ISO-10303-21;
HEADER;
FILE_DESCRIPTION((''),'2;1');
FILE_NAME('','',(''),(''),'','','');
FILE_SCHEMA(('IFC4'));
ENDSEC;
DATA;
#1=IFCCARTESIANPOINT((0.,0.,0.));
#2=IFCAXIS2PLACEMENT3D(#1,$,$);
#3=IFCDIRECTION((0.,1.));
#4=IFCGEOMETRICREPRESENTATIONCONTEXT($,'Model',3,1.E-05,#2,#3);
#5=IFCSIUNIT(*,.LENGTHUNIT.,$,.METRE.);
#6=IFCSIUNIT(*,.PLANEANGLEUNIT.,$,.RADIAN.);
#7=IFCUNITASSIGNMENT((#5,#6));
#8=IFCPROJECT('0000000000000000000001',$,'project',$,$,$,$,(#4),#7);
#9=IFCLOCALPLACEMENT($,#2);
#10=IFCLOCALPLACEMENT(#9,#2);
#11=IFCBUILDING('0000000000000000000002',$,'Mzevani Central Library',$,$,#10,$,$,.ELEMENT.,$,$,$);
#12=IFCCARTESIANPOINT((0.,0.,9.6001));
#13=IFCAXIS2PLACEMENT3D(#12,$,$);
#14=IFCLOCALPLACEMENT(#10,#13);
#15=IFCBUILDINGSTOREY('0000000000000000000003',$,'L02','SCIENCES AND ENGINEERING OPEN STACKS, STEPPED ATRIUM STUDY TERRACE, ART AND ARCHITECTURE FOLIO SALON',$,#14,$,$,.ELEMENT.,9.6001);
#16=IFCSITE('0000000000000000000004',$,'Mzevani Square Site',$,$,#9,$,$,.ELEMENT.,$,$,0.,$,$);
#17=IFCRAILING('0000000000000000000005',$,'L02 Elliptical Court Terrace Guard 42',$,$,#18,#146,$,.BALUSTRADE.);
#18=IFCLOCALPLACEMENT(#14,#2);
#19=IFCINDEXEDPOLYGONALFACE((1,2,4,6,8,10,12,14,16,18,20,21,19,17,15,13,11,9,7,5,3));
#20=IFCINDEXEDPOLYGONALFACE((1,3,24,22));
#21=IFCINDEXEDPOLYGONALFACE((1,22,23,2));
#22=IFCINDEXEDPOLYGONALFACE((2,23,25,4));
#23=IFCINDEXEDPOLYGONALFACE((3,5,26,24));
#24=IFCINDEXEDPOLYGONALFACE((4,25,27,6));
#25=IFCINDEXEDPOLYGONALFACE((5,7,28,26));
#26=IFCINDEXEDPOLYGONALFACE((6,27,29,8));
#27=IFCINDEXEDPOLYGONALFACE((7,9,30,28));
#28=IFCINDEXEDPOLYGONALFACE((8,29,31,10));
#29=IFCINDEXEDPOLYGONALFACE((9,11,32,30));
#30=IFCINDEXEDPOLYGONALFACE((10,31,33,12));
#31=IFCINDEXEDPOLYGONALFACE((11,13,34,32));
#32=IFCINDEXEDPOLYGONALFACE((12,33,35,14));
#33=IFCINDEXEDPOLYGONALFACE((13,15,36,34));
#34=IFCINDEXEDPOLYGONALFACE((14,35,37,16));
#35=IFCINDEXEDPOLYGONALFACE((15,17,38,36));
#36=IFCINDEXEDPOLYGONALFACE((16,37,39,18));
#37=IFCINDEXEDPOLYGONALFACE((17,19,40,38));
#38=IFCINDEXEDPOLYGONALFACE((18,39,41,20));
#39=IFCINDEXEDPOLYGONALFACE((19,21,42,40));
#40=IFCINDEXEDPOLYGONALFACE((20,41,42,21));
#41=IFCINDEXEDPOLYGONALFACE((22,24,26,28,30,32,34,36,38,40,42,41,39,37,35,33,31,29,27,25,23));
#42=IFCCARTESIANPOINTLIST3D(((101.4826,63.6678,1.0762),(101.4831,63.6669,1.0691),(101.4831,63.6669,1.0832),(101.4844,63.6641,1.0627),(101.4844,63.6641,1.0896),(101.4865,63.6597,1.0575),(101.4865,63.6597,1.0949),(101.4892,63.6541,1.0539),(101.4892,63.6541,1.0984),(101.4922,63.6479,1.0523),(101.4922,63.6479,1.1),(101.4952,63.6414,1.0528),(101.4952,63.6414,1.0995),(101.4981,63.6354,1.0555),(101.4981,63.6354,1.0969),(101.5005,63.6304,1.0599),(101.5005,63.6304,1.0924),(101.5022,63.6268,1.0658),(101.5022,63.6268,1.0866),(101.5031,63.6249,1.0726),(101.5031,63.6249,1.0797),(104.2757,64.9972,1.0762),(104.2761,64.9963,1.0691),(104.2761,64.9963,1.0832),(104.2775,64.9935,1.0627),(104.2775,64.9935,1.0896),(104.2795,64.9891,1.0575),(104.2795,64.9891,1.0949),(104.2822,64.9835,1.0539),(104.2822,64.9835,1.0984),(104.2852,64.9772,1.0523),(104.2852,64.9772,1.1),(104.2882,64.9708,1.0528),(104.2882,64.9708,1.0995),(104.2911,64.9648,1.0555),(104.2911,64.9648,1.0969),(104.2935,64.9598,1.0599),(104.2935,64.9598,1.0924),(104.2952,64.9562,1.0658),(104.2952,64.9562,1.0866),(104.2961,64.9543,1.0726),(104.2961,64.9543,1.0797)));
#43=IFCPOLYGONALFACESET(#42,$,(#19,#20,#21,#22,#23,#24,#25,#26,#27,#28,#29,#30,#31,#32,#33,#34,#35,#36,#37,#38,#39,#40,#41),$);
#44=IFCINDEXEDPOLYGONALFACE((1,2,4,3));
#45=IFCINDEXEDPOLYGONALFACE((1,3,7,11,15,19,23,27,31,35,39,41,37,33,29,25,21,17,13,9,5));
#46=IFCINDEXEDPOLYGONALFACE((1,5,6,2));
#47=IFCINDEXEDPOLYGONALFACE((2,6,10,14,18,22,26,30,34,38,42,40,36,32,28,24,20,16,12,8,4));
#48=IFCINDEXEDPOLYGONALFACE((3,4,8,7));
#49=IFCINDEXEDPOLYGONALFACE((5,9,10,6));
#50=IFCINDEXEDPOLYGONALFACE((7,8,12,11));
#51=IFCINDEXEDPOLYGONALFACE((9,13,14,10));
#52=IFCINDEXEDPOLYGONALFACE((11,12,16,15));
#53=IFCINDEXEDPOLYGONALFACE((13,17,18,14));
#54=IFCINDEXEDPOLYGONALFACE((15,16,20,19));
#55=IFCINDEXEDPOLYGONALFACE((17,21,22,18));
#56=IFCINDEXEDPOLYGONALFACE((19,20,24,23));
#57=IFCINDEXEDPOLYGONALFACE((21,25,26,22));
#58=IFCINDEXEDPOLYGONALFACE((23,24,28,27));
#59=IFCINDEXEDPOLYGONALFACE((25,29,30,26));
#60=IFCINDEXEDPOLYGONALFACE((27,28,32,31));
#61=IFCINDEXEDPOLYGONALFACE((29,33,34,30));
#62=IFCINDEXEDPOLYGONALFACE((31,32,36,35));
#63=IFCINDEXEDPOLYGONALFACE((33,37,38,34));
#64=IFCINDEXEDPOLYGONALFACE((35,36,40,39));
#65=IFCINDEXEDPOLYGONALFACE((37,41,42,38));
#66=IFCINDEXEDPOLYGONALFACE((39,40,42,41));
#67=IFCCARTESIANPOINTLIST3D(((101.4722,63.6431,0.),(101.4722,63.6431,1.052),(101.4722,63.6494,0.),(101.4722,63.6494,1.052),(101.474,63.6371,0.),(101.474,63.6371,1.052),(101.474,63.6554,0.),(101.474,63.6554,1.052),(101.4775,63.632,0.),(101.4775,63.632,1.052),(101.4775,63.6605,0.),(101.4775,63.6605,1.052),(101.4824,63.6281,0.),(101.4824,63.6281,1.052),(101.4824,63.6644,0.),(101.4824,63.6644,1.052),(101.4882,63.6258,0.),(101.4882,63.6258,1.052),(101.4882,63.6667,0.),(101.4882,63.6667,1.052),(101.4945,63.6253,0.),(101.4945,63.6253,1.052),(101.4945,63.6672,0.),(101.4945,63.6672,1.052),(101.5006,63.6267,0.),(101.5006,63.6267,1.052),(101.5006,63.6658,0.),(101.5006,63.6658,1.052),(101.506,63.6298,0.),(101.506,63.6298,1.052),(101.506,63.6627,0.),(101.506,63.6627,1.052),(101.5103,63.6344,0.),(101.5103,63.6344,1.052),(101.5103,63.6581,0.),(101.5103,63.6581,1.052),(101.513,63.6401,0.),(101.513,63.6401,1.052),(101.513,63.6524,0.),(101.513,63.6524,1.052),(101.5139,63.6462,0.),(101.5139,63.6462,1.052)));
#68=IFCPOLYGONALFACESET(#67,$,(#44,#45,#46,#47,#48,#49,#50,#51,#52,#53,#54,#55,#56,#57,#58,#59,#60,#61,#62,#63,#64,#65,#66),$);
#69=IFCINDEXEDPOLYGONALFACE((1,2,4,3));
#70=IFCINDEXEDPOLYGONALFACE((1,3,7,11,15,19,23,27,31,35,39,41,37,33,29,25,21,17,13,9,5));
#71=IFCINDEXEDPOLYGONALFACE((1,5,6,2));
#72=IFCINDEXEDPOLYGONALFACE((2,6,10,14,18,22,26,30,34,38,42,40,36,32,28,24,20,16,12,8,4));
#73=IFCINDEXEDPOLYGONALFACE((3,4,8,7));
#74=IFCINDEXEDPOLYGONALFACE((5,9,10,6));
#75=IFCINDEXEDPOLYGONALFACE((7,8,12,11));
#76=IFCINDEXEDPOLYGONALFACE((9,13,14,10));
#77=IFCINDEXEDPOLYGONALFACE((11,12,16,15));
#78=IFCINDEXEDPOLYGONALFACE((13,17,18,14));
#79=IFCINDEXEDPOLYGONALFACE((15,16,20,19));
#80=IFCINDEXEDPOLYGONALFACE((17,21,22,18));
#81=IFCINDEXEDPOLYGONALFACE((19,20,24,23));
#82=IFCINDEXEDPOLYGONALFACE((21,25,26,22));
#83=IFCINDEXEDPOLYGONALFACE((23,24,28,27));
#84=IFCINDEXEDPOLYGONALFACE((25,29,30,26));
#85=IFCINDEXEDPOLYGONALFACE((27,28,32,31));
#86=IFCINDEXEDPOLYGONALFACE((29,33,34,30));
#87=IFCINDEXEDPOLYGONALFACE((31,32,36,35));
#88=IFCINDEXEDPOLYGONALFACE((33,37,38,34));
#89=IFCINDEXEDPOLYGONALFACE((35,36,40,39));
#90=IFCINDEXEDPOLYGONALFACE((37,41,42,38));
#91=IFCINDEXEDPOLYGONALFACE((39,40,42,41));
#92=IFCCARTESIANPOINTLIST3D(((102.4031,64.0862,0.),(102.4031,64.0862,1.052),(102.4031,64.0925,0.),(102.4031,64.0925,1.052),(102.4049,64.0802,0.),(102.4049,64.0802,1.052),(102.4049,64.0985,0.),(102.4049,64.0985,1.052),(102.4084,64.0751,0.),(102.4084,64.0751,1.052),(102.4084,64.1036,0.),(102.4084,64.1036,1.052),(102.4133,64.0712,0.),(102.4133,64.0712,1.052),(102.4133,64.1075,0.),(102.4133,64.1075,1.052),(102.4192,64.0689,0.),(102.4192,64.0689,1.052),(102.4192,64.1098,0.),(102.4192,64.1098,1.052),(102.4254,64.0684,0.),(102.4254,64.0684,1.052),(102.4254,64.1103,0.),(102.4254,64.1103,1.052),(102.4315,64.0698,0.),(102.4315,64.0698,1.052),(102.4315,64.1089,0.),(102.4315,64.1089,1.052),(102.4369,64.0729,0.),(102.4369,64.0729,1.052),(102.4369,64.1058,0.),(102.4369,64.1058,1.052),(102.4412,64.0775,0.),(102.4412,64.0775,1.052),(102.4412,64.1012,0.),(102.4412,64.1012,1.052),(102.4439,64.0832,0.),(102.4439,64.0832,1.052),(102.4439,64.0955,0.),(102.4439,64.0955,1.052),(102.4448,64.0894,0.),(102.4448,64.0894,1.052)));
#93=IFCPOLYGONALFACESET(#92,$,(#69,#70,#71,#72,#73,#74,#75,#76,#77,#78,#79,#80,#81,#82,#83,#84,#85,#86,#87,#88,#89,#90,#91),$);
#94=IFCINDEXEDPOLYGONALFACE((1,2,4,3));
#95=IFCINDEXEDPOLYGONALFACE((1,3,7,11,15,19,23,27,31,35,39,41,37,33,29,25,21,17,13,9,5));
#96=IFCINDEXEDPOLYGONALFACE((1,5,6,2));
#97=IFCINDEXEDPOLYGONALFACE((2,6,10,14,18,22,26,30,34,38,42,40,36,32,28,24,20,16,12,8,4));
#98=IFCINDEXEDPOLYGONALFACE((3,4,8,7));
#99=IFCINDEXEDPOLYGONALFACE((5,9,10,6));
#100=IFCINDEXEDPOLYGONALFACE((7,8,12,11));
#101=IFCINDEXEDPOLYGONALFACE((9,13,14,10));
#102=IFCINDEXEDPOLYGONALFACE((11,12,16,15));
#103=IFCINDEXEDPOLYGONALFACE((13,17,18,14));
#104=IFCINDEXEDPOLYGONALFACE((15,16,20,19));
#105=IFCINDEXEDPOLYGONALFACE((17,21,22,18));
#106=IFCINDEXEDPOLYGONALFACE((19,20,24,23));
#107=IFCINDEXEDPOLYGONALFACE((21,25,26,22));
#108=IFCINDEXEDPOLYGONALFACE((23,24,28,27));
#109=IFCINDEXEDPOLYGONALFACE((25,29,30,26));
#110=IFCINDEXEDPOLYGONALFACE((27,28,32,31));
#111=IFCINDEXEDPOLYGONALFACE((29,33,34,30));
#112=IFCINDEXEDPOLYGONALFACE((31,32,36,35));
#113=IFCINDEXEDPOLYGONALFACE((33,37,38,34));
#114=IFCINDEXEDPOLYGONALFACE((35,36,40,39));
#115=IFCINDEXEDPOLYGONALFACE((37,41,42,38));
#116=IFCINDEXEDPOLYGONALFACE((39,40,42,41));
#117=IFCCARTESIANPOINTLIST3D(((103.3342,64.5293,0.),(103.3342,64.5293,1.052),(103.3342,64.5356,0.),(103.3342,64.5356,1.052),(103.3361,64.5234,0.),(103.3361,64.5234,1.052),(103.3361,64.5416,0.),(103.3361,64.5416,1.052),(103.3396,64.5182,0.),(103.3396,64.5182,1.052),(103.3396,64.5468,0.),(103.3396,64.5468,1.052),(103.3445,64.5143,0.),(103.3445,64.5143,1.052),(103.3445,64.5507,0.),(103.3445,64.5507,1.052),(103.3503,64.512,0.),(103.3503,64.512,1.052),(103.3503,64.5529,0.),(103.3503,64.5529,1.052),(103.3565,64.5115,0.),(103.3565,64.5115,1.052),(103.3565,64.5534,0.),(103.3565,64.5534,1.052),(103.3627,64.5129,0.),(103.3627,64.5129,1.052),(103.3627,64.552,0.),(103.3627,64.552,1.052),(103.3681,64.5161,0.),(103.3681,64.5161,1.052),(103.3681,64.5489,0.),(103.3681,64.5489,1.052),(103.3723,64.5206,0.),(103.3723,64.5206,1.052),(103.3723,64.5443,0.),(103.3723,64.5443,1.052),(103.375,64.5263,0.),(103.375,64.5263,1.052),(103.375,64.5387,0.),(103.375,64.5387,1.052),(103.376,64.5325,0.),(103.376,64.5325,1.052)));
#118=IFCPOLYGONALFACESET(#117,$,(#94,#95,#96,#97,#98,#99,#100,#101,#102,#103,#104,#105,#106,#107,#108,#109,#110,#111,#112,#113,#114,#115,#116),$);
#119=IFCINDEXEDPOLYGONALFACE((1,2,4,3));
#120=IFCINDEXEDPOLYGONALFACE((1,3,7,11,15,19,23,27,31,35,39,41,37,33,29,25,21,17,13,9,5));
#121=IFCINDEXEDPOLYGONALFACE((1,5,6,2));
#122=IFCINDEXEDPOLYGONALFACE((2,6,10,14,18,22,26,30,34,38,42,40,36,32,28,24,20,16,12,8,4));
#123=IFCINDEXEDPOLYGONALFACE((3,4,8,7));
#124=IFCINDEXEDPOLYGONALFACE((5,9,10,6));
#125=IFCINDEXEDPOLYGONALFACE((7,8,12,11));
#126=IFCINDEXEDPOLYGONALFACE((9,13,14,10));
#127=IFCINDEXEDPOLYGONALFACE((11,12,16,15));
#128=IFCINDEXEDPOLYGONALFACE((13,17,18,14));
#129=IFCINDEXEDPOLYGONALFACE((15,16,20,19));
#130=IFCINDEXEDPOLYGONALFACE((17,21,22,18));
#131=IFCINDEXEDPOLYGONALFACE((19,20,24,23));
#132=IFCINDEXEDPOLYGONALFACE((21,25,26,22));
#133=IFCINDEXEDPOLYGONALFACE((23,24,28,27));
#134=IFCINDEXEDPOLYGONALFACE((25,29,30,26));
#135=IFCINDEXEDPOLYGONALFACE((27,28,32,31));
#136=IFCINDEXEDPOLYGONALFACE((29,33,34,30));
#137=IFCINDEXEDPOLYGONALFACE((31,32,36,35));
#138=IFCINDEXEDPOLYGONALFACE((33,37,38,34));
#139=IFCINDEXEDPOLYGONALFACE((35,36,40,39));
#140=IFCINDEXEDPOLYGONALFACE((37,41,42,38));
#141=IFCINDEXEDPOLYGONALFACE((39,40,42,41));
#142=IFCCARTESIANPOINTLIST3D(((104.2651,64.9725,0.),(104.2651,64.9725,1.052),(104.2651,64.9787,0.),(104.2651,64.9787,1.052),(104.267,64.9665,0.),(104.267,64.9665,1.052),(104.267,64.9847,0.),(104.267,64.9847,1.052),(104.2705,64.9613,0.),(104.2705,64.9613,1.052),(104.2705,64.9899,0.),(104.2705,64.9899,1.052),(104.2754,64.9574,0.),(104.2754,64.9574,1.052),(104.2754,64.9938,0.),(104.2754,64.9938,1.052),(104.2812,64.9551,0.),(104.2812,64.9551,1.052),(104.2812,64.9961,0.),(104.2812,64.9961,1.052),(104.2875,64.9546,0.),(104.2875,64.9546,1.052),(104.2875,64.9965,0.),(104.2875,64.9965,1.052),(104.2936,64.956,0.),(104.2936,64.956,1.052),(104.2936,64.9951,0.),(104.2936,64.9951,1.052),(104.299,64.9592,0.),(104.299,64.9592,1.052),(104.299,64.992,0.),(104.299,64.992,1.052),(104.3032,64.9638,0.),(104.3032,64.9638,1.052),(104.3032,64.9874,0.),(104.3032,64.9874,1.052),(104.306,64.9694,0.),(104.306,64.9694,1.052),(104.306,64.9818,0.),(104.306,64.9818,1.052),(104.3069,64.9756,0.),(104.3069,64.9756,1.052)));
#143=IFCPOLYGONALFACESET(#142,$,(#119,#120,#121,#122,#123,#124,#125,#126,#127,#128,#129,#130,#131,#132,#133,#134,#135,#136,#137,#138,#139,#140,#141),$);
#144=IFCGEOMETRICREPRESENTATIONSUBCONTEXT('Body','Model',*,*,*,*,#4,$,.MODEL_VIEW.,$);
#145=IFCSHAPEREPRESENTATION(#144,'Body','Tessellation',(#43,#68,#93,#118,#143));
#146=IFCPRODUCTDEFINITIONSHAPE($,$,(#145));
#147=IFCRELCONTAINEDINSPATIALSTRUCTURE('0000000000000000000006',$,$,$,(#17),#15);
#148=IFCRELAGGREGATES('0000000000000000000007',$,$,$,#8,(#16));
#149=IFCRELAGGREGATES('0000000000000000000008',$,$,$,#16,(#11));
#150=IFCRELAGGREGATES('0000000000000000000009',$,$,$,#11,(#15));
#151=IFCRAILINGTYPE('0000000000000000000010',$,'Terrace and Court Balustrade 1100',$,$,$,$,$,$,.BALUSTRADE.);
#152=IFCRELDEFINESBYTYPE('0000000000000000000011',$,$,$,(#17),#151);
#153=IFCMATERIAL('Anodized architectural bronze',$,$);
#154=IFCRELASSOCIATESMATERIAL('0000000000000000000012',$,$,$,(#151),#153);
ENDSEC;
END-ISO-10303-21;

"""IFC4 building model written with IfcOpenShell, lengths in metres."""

from ifc_helpers import new_model, si_unit, direction, frame, origin, origin_2d, place, context, subcontext, project, spatial, circle, extrude, material, type_object, element, save


model = new_model("IFC4")

# Units and contexts
model_context = context("Model", 3, precision=1e-05, world=origin(), true_north=direction((0.0, 1.0)))
body_context = subcontext(model_context, "Body", "Model", "MODEL_VIEW")
ifc_project = project(units=[si_unit("LENGTHUNIT", "METRE"), si_unit("PLANEANGLEUNIT", "RADIAN")], contexts=[model_context])

# Site, building, storey
site_placement = place(None, origin())
site = spatial("IfcSite", under=ifc_project, at=site_placement, Name="Mzevani Square Site", CompositionType="ELEMENT", RefElevation=0.0)
building_placement = place(site_placement, origin())
building = spatial("IfcBuilding", under=site, at=building_placement, Name="Mzevani Central Library", CompositionType="ELEMENT")
storey_placement = place(building_placement, frame((0.0, 0.0, 9.6001)))
storey = spatial("IfcBuildingStorey", under=building, at=storey_placement, Name="L02", Description="SCIENCES AND ENGINEERING OPEN STACKS, STEPPED ATRIUM STUDY TERRACE, ART AND ARCHITECTURE FOLIO SALON", CompositionType="ELEMENT", Elevation=9.6001)

# Railing
ifc_material_1 = material(Name="Anodized architectural bronze")
railing_type = type_object("IfcRailingType", Name="Terrace and Court Balustrade 1100", PredefinedType="BALUSTRADE", material=ifc_material_1)
railing_1_placement = place(storey_placement, frame((101.4929, 63.6462, 0.0)))
element("IfcRailing", 1, at=railing_1_placement, inside=storey, type_object=railing_type, Name="L02 Elliptical Court Terrace Guard 42", PredefinedType="BALUSTRADE", context=body_context, shape_type="SweptSolid", body=[
    extrude(circle(Radius=0.0239, at=origin_2d()), frame((0.0, 0.0, 1.0762), z_axis=(0.902941, 0.429765, 0.0), x_axis=(-0.429765, 0.902941, 0.0)), (0.0, 0.0, 1.0), 3.0933),
    extrude(circle(Radius=0.021, at=origin_2d()), origin(), (0.0, 0.0, 1.0), 1.052),
    extrude(circle(Radius=0.021, at=origin_2d()), frame((0.9309, 0.4431, 0.0)), (0.0, 0.0, 1.0), 1.052),
    extrude(circle(Radius=0.021, at=origin_2d()), frame((1.8621, 0.8862, 0.0)), (0.0, 0.0, 1.0), 1.052),
    extrude(circle(Radius=0.021, at=origin_2d()), frame((2.793, 1.3293, 0.0)), (0.0, 0.0, 1.0), 1.052),
])

save(model, "model.ifc")
